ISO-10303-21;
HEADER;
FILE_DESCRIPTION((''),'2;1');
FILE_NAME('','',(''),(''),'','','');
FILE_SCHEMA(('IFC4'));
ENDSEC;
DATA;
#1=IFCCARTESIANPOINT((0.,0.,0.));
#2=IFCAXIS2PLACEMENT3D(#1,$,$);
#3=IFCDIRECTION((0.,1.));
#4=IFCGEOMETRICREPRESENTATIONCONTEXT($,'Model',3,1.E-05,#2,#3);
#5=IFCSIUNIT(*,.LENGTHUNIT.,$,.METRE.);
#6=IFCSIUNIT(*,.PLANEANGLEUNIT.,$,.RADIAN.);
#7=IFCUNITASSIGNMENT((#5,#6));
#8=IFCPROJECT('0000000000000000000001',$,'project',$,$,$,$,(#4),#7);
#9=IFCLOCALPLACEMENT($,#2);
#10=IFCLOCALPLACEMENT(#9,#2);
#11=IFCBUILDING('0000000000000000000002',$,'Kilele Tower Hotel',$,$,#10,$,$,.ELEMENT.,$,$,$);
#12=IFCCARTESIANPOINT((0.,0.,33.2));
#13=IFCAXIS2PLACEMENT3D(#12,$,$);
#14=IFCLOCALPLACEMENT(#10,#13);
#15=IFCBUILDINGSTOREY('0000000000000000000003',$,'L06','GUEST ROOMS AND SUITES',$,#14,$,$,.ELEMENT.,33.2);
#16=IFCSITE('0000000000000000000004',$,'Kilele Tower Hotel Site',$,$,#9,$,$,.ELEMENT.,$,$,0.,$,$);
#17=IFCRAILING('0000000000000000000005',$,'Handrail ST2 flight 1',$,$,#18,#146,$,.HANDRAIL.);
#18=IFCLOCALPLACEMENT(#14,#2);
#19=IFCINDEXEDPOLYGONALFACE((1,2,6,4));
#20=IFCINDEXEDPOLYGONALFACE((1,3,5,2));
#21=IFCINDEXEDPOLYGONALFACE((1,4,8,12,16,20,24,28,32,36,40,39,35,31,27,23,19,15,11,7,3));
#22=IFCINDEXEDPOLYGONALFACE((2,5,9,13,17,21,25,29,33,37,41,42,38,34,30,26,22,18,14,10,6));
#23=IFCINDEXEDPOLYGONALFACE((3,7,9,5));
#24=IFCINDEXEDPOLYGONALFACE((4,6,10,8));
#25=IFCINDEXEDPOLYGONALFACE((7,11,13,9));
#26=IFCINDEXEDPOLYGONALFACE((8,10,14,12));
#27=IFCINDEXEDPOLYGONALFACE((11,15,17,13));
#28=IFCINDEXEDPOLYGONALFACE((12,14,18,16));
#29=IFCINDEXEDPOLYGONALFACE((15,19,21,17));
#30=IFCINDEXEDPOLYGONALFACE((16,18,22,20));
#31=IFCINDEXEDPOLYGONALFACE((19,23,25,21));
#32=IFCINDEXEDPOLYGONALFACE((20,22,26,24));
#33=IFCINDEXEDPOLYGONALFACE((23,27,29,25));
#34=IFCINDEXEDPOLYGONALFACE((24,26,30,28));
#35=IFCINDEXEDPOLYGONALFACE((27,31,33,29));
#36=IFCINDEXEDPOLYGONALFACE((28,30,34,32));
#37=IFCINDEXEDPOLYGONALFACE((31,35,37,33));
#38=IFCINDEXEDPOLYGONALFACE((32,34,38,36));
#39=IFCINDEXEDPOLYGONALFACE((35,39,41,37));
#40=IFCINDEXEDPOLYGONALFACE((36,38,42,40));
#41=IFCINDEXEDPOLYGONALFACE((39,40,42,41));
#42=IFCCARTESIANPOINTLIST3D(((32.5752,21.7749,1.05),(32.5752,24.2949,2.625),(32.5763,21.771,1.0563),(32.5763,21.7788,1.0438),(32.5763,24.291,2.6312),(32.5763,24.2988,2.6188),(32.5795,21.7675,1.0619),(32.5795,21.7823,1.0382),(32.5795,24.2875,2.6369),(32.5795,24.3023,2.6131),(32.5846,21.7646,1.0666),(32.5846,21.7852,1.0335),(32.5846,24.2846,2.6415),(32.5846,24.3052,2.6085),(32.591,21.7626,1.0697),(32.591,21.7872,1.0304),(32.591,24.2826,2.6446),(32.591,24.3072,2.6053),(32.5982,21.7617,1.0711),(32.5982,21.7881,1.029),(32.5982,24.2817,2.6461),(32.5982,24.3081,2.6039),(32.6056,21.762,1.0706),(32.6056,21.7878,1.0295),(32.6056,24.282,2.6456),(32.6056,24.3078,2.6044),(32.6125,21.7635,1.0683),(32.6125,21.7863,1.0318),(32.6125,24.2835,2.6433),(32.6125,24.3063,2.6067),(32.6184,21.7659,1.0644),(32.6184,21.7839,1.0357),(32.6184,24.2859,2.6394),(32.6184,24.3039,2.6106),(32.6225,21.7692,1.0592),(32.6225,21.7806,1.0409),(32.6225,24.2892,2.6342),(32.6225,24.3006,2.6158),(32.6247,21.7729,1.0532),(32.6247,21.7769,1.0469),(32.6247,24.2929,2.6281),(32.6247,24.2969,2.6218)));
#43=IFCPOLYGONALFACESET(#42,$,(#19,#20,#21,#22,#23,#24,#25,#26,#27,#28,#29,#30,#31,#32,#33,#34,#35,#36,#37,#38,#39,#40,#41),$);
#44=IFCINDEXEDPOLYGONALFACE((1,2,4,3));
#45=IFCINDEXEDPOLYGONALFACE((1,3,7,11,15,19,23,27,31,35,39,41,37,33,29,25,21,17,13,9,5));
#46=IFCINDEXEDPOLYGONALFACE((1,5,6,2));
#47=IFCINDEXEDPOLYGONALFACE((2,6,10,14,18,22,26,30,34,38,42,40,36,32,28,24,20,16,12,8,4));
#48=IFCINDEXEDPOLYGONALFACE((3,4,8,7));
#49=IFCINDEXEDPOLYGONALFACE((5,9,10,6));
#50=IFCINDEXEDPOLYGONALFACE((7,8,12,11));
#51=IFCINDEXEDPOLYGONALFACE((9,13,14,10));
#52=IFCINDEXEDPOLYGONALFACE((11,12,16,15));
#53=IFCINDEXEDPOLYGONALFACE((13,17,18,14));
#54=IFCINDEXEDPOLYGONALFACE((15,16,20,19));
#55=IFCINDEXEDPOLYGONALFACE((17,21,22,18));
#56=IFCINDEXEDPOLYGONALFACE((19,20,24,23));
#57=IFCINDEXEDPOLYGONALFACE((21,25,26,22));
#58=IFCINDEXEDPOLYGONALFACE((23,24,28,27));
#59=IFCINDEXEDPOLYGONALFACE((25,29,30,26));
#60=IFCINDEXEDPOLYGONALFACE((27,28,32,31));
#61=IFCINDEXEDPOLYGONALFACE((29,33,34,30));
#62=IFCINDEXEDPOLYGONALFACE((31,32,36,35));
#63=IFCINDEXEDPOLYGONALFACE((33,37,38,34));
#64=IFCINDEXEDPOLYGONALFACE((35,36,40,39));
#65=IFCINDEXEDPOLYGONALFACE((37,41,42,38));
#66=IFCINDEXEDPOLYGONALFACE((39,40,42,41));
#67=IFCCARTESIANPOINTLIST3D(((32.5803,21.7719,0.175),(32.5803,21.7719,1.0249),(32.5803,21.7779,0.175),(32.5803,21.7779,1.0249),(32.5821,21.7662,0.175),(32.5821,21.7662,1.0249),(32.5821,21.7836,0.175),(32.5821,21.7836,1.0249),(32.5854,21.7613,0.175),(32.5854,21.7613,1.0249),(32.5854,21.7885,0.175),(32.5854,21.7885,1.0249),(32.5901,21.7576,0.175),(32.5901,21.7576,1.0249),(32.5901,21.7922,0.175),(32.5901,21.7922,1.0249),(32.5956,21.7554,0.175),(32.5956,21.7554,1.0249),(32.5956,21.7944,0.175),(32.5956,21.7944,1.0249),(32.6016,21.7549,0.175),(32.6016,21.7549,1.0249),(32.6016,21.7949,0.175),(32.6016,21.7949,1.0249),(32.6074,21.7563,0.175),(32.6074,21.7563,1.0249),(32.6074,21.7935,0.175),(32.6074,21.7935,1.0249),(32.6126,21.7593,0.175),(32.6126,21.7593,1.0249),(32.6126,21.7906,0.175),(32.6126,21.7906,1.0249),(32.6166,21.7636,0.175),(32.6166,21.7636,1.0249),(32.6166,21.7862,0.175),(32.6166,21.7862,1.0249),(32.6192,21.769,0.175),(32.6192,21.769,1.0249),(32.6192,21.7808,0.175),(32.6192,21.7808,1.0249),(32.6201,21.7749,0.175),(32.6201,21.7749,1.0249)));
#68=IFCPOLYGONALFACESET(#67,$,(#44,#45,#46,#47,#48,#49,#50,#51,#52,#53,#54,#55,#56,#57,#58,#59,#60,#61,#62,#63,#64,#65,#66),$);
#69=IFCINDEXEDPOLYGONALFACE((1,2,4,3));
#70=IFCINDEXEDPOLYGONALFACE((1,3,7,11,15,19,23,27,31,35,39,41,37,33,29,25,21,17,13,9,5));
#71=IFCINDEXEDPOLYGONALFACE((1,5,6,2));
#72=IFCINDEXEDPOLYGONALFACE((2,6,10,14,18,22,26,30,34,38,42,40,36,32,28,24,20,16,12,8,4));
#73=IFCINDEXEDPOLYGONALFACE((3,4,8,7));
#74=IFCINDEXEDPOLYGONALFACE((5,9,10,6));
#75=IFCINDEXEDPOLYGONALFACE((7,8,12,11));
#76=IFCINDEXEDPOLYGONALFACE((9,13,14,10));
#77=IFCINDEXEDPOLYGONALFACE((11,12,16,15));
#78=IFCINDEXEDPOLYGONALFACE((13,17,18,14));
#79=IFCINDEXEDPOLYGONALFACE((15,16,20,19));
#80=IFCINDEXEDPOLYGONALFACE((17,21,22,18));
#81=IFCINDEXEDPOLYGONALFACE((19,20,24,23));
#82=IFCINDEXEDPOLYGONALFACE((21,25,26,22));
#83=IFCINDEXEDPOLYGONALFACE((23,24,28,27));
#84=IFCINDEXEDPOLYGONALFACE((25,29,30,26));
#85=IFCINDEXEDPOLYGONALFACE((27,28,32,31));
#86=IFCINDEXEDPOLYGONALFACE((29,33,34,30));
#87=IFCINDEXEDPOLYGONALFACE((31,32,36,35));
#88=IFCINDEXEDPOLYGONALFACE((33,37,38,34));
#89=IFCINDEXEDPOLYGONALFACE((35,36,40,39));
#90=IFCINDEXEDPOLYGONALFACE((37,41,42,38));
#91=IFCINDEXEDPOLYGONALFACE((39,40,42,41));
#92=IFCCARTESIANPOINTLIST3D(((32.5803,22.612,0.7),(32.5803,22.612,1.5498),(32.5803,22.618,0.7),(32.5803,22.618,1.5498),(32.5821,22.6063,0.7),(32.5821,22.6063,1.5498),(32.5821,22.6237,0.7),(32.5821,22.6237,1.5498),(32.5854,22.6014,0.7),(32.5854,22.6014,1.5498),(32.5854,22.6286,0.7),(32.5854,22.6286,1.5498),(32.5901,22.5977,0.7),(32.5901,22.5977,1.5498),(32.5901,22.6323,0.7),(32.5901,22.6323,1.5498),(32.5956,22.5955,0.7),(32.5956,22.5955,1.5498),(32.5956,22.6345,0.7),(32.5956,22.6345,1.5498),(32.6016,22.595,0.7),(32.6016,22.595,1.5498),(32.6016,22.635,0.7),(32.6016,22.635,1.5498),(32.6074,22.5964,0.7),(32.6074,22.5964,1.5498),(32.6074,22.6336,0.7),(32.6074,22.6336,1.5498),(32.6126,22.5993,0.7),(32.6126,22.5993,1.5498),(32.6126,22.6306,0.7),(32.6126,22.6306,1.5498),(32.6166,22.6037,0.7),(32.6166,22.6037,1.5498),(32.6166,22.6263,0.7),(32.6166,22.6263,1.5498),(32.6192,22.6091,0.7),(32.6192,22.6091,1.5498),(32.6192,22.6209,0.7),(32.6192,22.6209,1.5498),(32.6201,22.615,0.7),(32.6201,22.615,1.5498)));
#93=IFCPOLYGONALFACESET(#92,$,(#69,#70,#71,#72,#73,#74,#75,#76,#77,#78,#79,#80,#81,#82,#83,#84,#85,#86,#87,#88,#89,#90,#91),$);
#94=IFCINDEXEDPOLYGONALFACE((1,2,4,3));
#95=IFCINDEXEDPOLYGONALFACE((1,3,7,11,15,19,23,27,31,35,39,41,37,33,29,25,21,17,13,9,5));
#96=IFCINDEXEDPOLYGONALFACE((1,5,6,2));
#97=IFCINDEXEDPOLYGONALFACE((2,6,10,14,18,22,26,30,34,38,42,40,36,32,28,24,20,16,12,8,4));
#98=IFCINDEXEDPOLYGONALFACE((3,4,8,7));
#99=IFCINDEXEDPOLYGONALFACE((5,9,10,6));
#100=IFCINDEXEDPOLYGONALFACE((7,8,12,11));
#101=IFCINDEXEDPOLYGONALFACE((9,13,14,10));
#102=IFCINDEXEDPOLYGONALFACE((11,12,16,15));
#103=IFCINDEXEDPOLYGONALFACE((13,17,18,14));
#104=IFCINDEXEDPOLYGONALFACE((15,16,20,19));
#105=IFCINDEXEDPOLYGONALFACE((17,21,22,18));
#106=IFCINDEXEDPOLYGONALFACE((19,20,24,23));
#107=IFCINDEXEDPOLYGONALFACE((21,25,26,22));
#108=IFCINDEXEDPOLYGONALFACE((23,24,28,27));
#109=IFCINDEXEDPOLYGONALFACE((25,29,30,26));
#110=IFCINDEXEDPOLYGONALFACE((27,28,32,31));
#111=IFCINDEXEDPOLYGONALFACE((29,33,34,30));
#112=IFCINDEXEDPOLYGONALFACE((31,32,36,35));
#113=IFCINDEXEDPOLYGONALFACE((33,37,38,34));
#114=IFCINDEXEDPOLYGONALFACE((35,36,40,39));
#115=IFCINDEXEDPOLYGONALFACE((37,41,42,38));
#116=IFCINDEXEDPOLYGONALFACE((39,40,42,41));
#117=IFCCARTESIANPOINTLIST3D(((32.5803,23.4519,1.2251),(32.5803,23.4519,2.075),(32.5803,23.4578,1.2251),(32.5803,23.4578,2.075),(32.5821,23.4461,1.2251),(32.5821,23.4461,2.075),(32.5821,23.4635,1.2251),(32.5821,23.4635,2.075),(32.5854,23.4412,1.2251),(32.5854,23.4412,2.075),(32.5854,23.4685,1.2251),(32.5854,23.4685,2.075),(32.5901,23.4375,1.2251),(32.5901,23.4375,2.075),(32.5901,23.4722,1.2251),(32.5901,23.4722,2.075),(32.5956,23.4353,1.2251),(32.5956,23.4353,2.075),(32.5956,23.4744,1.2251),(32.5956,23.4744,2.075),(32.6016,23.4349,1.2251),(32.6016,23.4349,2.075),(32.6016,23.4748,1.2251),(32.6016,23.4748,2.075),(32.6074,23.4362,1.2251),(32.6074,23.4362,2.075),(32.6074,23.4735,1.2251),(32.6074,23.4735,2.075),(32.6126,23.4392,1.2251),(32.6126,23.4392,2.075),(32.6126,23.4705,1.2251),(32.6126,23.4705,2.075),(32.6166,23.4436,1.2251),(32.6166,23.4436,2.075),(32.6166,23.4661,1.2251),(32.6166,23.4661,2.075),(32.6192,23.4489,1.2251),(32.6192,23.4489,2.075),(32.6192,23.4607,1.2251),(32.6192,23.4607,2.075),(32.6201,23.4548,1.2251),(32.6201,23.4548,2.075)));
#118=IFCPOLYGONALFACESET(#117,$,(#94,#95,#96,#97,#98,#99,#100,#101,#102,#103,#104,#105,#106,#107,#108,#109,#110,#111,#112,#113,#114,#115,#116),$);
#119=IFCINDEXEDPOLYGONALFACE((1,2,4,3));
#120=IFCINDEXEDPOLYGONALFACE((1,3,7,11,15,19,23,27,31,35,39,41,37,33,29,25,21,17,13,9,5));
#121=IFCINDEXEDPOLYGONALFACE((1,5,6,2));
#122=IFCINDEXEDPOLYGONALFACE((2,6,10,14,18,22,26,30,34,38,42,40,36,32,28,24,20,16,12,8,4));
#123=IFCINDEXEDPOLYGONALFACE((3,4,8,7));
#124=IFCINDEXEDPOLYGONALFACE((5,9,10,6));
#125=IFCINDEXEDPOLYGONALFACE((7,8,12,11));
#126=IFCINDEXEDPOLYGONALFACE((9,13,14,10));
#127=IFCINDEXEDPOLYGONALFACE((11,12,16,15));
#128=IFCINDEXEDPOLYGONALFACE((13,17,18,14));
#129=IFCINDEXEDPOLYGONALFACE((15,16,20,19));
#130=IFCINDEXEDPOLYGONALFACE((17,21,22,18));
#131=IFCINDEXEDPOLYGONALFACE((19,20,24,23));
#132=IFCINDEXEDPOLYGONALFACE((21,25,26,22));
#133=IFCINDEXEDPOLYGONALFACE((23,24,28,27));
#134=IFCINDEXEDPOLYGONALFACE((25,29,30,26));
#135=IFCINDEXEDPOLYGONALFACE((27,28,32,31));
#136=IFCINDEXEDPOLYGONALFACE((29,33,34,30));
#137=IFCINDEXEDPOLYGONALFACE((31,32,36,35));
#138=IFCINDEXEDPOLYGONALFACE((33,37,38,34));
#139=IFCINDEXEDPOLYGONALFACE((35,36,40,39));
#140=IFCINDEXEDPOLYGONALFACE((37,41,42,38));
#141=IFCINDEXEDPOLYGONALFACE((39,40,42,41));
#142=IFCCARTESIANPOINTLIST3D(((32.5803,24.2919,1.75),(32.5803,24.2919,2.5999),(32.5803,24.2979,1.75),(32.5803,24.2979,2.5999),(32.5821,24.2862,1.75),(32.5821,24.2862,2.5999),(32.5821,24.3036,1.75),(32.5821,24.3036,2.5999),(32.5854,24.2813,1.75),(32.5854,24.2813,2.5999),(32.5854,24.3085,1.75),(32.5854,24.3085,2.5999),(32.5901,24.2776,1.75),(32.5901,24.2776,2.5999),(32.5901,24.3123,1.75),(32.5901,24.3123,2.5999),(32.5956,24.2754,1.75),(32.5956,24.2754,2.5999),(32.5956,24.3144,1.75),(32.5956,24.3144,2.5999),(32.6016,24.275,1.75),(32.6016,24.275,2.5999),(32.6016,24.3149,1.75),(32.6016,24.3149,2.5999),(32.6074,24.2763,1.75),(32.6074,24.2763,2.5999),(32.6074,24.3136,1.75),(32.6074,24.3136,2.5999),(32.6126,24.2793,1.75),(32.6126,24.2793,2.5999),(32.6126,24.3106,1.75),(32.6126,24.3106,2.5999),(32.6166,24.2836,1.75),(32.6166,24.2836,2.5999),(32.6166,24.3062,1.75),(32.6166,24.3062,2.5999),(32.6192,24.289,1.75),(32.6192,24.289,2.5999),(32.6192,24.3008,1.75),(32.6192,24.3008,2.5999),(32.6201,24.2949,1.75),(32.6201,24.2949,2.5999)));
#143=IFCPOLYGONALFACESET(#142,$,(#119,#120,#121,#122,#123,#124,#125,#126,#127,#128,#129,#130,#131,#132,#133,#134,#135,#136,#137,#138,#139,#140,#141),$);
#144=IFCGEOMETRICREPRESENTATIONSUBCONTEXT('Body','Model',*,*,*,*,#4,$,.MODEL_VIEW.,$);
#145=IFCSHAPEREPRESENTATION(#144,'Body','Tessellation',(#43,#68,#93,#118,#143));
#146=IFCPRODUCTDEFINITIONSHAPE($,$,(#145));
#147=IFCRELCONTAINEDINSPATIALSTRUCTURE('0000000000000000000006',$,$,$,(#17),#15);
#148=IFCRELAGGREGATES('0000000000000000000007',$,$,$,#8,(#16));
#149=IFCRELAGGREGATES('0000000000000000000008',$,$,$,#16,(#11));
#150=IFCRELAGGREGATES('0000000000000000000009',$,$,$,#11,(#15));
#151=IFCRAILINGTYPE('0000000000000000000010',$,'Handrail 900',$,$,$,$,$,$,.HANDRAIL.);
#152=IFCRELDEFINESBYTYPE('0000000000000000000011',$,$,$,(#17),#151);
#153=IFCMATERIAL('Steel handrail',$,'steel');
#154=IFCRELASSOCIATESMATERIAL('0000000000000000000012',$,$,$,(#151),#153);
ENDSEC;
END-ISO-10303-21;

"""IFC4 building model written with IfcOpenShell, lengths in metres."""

from ifc_helpers import new_model, si_unit, direction, frame, origin, origin_2d, place, context, subcontext, project, spatial, circle, extrude, material, type_object, element, save


model = new_model("IFC4")

# Units and contexts
model_context = context("Model", 3, precision=1e-05, world=origin(), true_north=direction((0.0, 1.0)))
body_context = subcontext(model_context, "Body", "Model", "MODEL_VIEW")
ifc_project = project(units=[si_unit("LENGTHUNIT", "METRE"), si_unit("PLANEANGLEUNIT", "RADIAN")], contexts=[model_context])

# Site, building, storey
site_placement = place(None, origin())
site = spatial("IfcSite", under=ifc_project, at=site_placement, Name="Kilele Tower Hotel Site", CompositionType="ELEMENT", RefElevation=0.0)
building_placement = place(site_placement, origin())
building = spatial("IfcBuilding", under=site, at=building_placement, Name="Kilele Tower Hotel", CompositionType="ELEMENT")
storey_placement = place(building_placement, frame((0.0, 0.0, 33.2)))
storey = spatial("IfcBuildingStorey", under=building, at=storey_placement, Name="L06", Description="GUEST ROOMS AND SUITES", CompositionType="ELEMENT", Elevation=33.2)

# Railing
ifc_material_1 = material(Name="Steel handrail", Category="steel")
railing_type_1 = type_object("IfcRailingType", Name="Handrail 900", PredefinedType="HANDRAIL", material=ifc_material_1)
for number, where, name in (
    (1, (32.6001, 21.7749, 0.175), "Handrail ST2 flight 1"),
):
    element("IfcRailing", number, at=place(storey_placement, frame(where)), inside=storey, type_object=railing_type_1, Name=name, PredefinedType="HANDRAIL", context=body_context, shape_type="SweptSolid", body=[
        extrude(circle(Radius=0.0249, at=origin_2d()), frame((0.0, 0.0, 0.875), z_axis=(0.0, 0.848008, 0.529984), x_axis=(-1.0, 0.0, 0.0)), (0.0, 0.0, 1.0), 2.9717),
        extrude(circle(Radius=0.02, at=origin_2d()), origin(), (0.0, 0.0, 1.0), 0.8499),
        extrude(circle(Radius=0.02, at=origin_2d()), frame((0.0, 0.8401, 0.5249)), (0.0, 0.0, 1.0), 0.8499),
        extrude(circle(Radius=0.02, at=origin_2d()), frame((0.0, 1.6799, 1.05)), (0.0, 0.0, 1.0), 0.8499),
        extrude(circle(Radius=0.02, at=origin_2d()), frame((0.0, 2.52, 1.575)), (0.0, 0.0, 1.0), 0.8499),
    ])

save(model, "model.ifc")
